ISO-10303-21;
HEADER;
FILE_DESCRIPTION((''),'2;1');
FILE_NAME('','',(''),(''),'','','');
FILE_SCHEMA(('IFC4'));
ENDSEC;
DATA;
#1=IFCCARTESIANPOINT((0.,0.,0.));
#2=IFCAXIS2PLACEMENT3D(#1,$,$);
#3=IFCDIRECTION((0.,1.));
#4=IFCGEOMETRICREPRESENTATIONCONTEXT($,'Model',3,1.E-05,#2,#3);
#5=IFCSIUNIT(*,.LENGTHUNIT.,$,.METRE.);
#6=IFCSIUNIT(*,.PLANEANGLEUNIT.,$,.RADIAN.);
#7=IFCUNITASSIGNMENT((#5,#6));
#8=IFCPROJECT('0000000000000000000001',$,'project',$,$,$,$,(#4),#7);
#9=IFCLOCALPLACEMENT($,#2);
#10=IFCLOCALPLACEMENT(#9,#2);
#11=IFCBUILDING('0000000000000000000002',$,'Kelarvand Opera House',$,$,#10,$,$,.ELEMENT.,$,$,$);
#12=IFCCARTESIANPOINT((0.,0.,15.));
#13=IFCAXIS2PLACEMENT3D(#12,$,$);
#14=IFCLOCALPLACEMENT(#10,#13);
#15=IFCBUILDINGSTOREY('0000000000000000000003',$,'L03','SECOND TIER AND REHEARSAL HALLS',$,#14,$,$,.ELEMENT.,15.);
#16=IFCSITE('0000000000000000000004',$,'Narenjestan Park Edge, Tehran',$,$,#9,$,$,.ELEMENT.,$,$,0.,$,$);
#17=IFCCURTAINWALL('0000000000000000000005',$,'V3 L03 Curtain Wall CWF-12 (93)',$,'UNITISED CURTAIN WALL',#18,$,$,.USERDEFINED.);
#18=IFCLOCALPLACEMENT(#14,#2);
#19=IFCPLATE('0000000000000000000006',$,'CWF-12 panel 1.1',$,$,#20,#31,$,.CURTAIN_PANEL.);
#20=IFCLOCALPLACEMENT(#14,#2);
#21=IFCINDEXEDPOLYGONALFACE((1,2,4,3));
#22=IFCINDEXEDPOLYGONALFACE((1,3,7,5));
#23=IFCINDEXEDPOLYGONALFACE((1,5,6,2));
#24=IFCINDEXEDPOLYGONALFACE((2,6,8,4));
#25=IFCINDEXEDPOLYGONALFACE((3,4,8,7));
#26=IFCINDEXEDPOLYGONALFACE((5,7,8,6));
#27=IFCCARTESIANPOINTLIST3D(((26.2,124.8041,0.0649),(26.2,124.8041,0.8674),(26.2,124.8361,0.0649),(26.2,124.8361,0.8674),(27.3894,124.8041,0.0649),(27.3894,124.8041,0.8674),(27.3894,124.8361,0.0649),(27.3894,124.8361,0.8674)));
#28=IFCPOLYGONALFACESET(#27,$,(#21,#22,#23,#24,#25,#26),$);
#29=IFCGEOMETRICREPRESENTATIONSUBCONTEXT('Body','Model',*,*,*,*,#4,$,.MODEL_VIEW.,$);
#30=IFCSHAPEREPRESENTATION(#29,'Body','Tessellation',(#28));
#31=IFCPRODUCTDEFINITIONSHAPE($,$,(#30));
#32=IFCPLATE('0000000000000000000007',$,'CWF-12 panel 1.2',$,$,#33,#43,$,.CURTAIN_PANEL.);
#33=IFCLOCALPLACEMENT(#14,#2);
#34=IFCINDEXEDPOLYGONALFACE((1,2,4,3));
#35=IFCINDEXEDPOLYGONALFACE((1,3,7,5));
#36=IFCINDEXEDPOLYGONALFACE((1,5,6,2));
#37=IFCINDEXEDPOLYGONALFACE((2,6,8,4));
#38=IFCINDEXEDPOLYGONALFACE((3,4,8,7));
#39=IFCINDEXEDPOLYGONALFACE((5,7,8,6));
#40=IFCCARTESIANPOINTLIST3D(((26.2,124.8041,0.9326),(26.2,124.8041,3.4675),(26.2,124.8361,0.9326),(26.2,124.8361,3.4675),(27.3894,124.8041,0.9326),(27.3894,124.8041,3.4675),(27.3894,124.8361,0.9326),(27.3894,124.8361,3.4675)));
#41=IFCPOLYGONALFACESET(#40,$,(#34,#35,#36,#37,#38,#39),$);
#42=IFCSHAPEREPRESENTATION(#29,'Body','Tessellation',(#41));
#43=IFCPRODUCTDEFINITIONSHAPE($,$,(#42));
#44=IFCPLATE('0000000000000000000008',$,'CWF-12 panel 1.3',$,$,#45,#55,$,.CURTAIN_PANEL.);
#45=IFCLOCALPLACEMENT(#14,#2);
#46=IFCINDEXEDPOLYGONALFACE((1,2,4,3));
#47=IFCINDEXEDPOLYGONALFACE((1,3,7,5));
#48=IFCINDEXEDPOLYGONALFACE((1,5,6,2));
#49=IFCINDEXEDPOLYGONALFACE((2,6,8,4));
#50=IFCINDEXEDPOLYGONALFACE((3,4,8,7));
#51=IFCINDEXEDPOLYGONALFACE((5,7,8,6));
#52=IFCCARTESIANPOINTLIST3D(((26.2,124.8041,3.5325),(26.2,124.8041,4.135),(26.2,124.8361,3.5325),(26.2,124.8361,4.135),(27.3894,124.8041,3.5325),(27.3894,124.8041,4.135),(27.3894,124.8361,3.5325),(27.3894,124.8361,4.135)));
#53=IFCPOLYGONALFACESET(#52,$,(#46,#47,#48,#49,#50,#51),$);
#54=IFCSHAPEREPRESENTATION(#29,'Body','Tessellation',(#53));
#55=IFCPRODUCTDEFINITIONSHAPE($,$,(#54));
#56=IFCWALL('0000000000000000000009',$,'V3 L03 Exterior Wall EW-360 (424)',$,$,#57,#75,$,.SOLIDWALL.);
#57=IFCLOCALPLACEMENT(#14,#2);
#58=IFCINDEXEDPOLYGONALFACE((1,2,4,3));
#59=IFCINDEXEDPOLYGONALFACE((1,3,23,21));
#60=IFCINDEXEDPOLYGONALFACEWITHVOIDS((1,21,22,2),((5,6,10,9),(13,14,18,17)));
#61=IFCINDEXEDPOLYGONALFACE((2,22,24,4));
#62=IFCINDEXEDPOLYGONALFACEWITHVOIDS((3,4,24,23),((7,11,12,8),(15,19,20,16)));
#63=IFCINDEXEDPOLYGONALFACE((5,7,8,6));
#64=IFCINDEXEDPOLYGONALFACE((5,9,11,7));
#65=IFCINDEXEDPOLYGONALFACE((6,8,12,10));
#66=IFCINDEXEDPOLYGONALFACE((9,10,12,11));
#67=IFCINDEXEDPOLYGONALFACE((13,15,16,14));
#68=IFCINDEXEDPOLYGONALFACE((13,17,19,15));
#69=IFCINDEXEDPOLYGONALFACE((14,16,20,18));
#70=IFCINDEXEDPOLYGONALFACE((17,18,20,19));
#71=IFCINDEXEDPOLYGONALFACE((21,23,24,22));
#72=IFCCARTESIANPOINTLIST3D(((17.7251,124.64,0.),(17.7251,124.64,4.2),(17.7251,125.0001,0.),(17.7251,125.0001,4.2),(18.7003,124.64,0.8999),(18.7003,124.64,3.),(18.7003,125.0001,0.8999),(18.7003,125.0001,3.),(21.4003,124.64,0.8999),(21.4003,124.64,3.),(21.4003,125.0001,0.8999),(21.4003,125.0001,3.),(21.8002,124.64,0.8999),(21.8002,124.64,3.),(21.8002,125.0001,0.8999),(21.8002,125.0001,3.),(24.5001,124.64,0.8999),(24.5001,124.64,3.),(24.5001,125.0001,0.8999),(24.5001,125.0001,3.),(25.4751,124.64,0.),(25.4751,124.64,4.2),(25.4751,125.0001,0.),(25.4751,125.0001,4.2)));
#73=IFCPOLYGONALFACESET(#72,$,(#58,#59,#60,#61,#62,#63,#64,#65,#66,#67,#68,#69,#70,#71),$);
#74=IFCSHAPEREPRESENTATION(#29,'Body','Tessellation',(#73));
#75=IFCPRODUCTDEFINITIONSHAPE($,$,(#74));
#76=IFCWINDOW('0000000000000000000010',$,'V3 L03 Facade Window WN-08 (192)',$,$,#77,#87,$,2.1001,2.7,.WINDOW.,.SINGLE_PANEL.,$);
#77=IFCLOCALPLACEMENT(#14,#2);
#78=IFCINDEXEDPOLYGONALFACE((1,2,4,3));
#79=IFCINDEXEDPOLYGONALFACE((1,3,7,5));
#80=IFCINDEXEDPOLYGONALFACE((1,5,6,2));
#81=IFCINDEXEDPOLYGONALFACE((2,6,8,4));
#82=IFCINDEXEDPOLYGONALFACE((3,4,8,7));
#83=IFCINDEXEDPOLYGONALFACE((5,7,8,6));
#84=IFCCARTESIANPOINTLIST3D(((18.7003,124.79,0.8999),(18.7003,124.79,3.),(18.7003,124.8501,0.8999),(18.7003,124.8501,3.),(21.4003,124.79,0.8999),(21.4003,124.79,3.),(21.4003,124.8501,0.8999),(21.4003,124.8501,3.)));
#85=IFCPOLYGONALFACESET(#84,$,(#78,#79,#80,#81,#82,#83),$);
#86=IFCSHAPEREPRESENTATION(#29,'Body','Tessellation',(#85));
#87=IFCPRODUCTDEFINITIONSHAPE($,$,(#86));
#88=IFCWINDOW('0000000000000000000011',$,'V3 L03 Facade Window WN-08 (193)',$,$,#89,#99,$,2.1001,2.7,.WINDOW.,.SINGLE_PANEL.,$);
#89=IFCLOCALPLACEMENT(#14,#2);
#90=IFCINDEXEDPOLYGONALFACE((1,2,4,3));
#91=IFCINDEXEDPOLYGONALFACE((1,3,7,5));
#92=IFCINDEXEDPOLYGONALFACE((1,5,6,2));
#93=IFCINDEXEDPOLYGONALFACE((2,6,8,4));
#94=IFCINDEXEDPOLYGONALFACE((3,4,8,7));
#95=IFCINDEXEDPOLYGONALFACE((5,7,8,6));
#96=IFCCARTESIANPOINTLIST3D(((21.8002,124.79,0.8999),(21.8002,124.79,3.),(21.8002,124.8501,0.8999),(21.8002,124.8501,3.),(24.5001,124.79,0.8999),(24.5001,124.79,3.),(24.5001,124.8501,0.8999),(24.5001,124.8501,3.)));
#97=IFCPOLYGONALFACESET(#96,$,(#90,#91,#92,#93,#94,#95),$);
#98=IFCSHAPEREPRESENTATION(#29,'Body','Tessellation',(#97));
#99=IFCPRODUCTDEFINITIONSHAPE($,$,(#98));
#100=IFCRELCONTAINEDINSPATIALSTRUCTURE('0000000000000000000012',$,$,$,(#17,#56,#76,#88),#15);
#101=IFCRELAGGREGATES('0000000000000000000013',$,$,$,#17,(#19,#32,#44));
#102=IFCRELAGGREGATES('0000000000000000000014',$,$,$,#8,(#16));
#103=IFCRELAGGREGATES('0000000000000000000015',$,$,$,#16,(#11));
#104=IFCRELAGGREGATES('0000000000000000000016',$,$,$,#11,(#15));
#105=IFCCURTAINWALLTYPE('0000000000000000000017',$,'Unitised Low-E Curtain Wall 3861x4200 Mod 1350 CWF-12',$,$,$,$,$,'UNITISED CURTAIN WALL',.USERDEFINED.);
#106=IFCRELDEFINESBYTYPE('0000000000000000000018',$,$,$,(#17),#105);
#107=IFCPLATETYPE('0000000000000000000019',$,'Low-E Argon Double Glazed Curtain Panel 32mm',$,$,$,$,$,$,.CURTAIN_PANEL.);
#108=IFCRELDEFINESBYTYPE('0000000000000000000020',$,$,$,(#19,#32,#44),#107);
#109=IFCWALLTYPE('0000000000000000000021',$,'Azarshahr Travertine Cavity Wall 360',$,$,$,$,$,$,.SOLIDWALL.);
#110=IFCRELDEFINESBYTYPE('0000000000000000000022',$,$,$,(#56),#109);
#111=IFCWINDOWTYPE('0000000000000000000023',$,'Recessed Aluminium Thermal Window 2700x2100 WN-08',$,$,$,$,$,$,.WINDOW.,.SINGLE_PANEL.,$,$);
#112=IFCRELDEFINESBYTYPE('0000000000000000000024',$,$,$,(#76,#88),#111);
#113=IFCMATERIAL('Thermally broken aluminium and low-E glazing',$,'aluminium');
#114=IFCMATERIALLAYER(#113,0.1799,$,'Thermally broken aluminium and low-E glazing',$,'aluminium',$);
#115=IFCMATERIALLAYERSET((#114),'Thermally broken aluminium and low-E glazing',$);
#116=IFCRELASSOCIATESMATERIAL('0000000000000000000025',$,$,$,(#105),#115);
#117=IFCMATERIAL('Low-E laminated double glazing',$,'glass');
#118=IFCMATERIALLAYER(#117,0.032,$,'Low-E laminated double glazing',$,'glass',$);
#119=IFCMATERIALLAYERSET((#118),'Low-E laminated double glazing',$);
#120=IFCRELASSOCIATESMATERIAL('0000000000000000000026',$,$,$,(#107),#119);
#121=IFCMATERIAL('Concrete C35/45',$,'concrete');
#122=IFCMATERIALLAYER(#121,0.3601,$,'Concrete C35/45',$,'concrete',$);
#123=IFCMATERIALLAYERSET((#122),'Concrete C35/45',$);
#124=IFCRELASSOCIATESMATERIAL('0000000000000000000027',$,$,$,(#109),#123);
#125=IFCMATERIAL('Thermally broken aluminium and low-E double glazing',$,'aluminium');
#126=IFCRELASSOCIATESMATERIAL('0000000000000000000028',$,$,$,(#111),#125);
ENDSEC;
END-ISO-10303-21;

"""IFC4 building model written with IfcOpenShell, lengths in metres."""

from ifc_helpers import new_model, si_unit, direction, frame, frame_2d, origin, origin_2d, place, context, subcontext, project, spatial, rectangle, extrude, material, layer, layer_set, type_object, element, fill, aggregate, save


model = new_model("IFC4")

# Units and contexts
model_context = context("Model", 3, precision=1e-05, world=origin(), true_north=direction((0.0, 1.0)))
body_context = subcontext(model_context, "Body", "Model", "MODEL_VIEW")
ifc_project = project(units=[si_unit("LENGTHUNIT", "METRE"), si_unit("PLANEANGLEUNIT", "RADIAN")], contexts=[model_context])

# Site, building, storey
site_placement = place(None, origin())
site = spatial("IfcSite", under=ifc_project, at=site_placement, Name="Narenjestan Park Edge, Tehran", CompositionType="ELEMENT", RefElevation=0.0)
building_placement = place(site_placement, origin())
building = spatial("IfcBuilding", under=site, at=building_placement, Name="Kelarvand Opera House", CompositionType="ELEMENT")
storey_placement = place(building_placement, frame((0.0, 0.0, 15.0)))
storey = spatial("IfcBuildingStorey", under=building, at=storey_placement, Name="L03", Description="SECOND TIER AND REHEARSAL HALLS", CompositionType="ELEMENT", Elevation=15.0)

# Shared definitions
ifc_material_1 = material(Name="Thermally broken aluminium and low-E glazing", Category="aluminium")
ifc_layer_1 = layer(ifc_material_1, 0.1799, Name="Thermally broken aluminium and low-E glazing", Category="aluminium")
ifc_layer_set_1 = layer_set([ifc_layer_1], Name="Thermally broken aluminium and low-E glazing")
curtain_wall_type = type_object("IfcCurtainWallType", Name="Unitised Low-E Curtain Wall 3861x4200 Mod 1350 CWF-12", ElementType="UNITISED CURTAIN WALL", PredefinedType="USERDEFINED", material=ifc_layer_set_1)

# Curtain wall
curtain_wall_1_placement = place(storey_placement, origin())
curtain_wall_1 = element("IfcCurtainWall", 1, at=curtain_wall_1_placement, inside=storey, type_object=curtain_wall_type, Name="V3 L03 Curtain Wall CWF-12 (93)", ObjectType="UNITISED CURTAIN WALL", PredefinedType="USERDEFINED")

# Plates
ifc_material_2 = material(Name="Low-E laminated double glazing", Category="glass")
ifc_layer_2 = layer(ifc_material_2, 0.032, Name="Low-E laminated double glazing", Category="glass")
ifc_layer_set_2 = layer_set([ifc_layer_2], Name="Low-E laminated double glazing")
plate_type = type_object("IfcPlateType", Name="Low-E Argon Double Glazed Curtain Panel 32mm", PredefinedType="CURTAIN_PANEL", material=ifc_layer_set_2)
plate_1_placement = place(storey_placement, frame((26.7947, 124.8201, 0.0649), z_axis=(0.0, 0.0, 1.0), x_axis=(1.0, 0.0, 0.0)))
plate_1 = element("IfcPlate", 2, at=plate_1_placement, type_object=plate_type, Name="CWF-12 panel 1.1", PredefinedType="CURTAIN_PANEL", context=body_context, shape_type="SweptSolid", body=[
    extrude(rectangle(XDim=1.1895, YDim=0.032, at=origin_2d()), origin(), (0.0, 0.0, 1.0), 0.8025),
])
plate_2_placement = place(storey_placement, frame((26.7947, 124.8201, 0.9326), z_axis=(0.0, 0.0, 1.0), x_axis=(1.0, 0.0, 0.0)))
plate_2 = element("IfcPlate", 3, at=plate_2_placement, type_object=plate_type, Name="CWF-12 panel 1.2", PredefinedType="CURTAIN_PANEL", context=body_context, shape_type="SweptSolid", body=[
    extrude(rectangle(XDim=1.1895, YDim=0.032, at=origin_2d()), origin(), (0.0, 0.0, 1.0), 2.5349),
])
plate_3_placement = place(storey_placement, frame((26.7947, 124.8201, 3.5325), z_axis=(0.0, 0.0, 1.0), x_axis=(1.0, 0.0, 0.0)))
plate_3 = element("IfcPlate", 4, at=plate_3_placement, type_object=plate_type, Name="CWF-12 panel 1.3", PredefinedType="CURTAIN_PANEL", context=body_context, shape_type="SweptSolid", body=[
    extrude(rectangle(XDim=1.1895, YDim=0.032, at=origin_2d()), origin(), (0.0, 0.0, 1.0), 0.6025),
])
aggregate(curtain_wall_1, [plate_1, plate_2, plate_3])

# Wall, openings, windows
ifc_material_3 = material(Name="Concrete C35/45", Category="concrete")
ifc_layer_3 = layer(ifc_material_3, 0.3601, Name="Concrete C35/45", Category="concrete")
ifc_layer_set_3 = layer_set([ifc_layer_3], Name="Concrete C35/45")
wall_type = type_object("IfcWallType", Name="Azarshahr Travertine Cavity Wall 360", PredefinedType="SOLIDWALL", material=ifc_layer_set_3)
wall_placement = place(storey_placement, frame((17.7251, 124.8201, 0.0), z_axis=(0.0, 0.0, 1.0), x_axis=(1.0, 0.0, 0.0)))
wall = element("IfcWall", 5, at=wall_placement, inside=storey, type_object=wall_type, Name="V3 L03 Exterior Wall EW-360 (424)", PredefinedType="SOLIDWALL", context=body_context, shape_type="SweptSolid", body=[
    extrude(rectangle(XDim=7.75, YDim=0.3601, at=frame_2d((3.875, 0.0))), origin(), (0.0, 0.0, 1.0), 4.2),
])
opening_1_placement = place(wall_placement, frame((0.9751, 0.0, 0.8999)))
opening_1 = element("IfcOpeningElement", 6, at=opening_1_placement, cuts=wall, PredefinedType="OPENING", context=body_context, shape_type="SweptSolid", body=[
    extrude(rectangle(XDim=2.7, YDim=2.1001, at=frame_2d((1.3501, 1.05))), frame((0.0, 0.1899, 0.0), z_axis=(0.0, -1.0, 0.0), x_axis=(1.0, 0.0, 0.0)), (0.0, 0.0, 1.0), 0.3801),
])
opening_2_placement = place(wall_placement, frame((4.075, 0.0, 0.8999)))
opening_2 = element("IfcOpeningElement", 7, at=opening_2_placement, cuts=wall, PredefinedType="OPENING", context=body_context, shape_type="SweptSolid", body=[
    extrude(rectangle(XDim=2.7, YDim=2.1001, at=frame_2d((1.3501, 1.05))), frame((0.0, 0.1899, 0.0), z_axis=(0.0, -1.0, 0.0), x_axis=(1.0, 0.0, 0.0)), (0.0, 0.0, 1.0), 0.3801),
])
ifc_material_4 = material(Name="Thermally broken aluminium and low-E double glazing", Category="aluminium")
window_type = type_object("IfcWindowType", Name="Recessed Aluminium Thermal Window 2700x2100 WN-08", PartitioningType="SINGLE_PANEL", PredefinedType="WINDOW", material=ifc_material_4)
window_1_placement = place(opening_1_placement, origin())
window_1 = element("IfcWindow", 8, at=window_1_placement, inside=storey, type_object=window_type, Name="V3 L03 Facade Window WN-08 (192)", OverallHeight=2.1001, OverallWidth=2.7, PartitioningType="SINGLE_PANEL", PredefinedType="WINDOW", context=body_context, shape_type="SweptSolid", body=[
    extrude(rectangle(XDim=2.7, YDim=2.1001, at=frame_2d((1.3501, 1.05))), frame((0.0, 0.03, 0.0), z_axis=(0.0, -1.0, 0.0), x_axis=(1.0, 0.0, 0.0)), (0.0, 0.0, 1.0), 0.0601),
])
fill(opening_1, window_1)
window_2_placement = place(opening_2_placement, origin())
window_2 = element("IfcWindow", 9, at=window_2_placement, inside=storey, type_object=window_type, Name="V3 L03 Facade Window WN-08 (193)", OverallHeight=2.1001, OverallWidth=2.7, PartitioningType="SINGLE_PANEL", PredefinedType="WINDOW", context=body_context, shape_type="SweptSolid", body=[
    extrude(rectangle(XDim=2.7, YDim=2.1001, at=frame_2d((1.3501, 1.05))), frame((0.0, 0.03, 0.0), z_axis=(0.0, -1.0, 0.0), x_axis=(1.0, 0.0, 0.0)), (0.0, 0.0, 1.0), 0.0601),
])
fill(opening_2, window_2)

save(model, "model.ifc")
